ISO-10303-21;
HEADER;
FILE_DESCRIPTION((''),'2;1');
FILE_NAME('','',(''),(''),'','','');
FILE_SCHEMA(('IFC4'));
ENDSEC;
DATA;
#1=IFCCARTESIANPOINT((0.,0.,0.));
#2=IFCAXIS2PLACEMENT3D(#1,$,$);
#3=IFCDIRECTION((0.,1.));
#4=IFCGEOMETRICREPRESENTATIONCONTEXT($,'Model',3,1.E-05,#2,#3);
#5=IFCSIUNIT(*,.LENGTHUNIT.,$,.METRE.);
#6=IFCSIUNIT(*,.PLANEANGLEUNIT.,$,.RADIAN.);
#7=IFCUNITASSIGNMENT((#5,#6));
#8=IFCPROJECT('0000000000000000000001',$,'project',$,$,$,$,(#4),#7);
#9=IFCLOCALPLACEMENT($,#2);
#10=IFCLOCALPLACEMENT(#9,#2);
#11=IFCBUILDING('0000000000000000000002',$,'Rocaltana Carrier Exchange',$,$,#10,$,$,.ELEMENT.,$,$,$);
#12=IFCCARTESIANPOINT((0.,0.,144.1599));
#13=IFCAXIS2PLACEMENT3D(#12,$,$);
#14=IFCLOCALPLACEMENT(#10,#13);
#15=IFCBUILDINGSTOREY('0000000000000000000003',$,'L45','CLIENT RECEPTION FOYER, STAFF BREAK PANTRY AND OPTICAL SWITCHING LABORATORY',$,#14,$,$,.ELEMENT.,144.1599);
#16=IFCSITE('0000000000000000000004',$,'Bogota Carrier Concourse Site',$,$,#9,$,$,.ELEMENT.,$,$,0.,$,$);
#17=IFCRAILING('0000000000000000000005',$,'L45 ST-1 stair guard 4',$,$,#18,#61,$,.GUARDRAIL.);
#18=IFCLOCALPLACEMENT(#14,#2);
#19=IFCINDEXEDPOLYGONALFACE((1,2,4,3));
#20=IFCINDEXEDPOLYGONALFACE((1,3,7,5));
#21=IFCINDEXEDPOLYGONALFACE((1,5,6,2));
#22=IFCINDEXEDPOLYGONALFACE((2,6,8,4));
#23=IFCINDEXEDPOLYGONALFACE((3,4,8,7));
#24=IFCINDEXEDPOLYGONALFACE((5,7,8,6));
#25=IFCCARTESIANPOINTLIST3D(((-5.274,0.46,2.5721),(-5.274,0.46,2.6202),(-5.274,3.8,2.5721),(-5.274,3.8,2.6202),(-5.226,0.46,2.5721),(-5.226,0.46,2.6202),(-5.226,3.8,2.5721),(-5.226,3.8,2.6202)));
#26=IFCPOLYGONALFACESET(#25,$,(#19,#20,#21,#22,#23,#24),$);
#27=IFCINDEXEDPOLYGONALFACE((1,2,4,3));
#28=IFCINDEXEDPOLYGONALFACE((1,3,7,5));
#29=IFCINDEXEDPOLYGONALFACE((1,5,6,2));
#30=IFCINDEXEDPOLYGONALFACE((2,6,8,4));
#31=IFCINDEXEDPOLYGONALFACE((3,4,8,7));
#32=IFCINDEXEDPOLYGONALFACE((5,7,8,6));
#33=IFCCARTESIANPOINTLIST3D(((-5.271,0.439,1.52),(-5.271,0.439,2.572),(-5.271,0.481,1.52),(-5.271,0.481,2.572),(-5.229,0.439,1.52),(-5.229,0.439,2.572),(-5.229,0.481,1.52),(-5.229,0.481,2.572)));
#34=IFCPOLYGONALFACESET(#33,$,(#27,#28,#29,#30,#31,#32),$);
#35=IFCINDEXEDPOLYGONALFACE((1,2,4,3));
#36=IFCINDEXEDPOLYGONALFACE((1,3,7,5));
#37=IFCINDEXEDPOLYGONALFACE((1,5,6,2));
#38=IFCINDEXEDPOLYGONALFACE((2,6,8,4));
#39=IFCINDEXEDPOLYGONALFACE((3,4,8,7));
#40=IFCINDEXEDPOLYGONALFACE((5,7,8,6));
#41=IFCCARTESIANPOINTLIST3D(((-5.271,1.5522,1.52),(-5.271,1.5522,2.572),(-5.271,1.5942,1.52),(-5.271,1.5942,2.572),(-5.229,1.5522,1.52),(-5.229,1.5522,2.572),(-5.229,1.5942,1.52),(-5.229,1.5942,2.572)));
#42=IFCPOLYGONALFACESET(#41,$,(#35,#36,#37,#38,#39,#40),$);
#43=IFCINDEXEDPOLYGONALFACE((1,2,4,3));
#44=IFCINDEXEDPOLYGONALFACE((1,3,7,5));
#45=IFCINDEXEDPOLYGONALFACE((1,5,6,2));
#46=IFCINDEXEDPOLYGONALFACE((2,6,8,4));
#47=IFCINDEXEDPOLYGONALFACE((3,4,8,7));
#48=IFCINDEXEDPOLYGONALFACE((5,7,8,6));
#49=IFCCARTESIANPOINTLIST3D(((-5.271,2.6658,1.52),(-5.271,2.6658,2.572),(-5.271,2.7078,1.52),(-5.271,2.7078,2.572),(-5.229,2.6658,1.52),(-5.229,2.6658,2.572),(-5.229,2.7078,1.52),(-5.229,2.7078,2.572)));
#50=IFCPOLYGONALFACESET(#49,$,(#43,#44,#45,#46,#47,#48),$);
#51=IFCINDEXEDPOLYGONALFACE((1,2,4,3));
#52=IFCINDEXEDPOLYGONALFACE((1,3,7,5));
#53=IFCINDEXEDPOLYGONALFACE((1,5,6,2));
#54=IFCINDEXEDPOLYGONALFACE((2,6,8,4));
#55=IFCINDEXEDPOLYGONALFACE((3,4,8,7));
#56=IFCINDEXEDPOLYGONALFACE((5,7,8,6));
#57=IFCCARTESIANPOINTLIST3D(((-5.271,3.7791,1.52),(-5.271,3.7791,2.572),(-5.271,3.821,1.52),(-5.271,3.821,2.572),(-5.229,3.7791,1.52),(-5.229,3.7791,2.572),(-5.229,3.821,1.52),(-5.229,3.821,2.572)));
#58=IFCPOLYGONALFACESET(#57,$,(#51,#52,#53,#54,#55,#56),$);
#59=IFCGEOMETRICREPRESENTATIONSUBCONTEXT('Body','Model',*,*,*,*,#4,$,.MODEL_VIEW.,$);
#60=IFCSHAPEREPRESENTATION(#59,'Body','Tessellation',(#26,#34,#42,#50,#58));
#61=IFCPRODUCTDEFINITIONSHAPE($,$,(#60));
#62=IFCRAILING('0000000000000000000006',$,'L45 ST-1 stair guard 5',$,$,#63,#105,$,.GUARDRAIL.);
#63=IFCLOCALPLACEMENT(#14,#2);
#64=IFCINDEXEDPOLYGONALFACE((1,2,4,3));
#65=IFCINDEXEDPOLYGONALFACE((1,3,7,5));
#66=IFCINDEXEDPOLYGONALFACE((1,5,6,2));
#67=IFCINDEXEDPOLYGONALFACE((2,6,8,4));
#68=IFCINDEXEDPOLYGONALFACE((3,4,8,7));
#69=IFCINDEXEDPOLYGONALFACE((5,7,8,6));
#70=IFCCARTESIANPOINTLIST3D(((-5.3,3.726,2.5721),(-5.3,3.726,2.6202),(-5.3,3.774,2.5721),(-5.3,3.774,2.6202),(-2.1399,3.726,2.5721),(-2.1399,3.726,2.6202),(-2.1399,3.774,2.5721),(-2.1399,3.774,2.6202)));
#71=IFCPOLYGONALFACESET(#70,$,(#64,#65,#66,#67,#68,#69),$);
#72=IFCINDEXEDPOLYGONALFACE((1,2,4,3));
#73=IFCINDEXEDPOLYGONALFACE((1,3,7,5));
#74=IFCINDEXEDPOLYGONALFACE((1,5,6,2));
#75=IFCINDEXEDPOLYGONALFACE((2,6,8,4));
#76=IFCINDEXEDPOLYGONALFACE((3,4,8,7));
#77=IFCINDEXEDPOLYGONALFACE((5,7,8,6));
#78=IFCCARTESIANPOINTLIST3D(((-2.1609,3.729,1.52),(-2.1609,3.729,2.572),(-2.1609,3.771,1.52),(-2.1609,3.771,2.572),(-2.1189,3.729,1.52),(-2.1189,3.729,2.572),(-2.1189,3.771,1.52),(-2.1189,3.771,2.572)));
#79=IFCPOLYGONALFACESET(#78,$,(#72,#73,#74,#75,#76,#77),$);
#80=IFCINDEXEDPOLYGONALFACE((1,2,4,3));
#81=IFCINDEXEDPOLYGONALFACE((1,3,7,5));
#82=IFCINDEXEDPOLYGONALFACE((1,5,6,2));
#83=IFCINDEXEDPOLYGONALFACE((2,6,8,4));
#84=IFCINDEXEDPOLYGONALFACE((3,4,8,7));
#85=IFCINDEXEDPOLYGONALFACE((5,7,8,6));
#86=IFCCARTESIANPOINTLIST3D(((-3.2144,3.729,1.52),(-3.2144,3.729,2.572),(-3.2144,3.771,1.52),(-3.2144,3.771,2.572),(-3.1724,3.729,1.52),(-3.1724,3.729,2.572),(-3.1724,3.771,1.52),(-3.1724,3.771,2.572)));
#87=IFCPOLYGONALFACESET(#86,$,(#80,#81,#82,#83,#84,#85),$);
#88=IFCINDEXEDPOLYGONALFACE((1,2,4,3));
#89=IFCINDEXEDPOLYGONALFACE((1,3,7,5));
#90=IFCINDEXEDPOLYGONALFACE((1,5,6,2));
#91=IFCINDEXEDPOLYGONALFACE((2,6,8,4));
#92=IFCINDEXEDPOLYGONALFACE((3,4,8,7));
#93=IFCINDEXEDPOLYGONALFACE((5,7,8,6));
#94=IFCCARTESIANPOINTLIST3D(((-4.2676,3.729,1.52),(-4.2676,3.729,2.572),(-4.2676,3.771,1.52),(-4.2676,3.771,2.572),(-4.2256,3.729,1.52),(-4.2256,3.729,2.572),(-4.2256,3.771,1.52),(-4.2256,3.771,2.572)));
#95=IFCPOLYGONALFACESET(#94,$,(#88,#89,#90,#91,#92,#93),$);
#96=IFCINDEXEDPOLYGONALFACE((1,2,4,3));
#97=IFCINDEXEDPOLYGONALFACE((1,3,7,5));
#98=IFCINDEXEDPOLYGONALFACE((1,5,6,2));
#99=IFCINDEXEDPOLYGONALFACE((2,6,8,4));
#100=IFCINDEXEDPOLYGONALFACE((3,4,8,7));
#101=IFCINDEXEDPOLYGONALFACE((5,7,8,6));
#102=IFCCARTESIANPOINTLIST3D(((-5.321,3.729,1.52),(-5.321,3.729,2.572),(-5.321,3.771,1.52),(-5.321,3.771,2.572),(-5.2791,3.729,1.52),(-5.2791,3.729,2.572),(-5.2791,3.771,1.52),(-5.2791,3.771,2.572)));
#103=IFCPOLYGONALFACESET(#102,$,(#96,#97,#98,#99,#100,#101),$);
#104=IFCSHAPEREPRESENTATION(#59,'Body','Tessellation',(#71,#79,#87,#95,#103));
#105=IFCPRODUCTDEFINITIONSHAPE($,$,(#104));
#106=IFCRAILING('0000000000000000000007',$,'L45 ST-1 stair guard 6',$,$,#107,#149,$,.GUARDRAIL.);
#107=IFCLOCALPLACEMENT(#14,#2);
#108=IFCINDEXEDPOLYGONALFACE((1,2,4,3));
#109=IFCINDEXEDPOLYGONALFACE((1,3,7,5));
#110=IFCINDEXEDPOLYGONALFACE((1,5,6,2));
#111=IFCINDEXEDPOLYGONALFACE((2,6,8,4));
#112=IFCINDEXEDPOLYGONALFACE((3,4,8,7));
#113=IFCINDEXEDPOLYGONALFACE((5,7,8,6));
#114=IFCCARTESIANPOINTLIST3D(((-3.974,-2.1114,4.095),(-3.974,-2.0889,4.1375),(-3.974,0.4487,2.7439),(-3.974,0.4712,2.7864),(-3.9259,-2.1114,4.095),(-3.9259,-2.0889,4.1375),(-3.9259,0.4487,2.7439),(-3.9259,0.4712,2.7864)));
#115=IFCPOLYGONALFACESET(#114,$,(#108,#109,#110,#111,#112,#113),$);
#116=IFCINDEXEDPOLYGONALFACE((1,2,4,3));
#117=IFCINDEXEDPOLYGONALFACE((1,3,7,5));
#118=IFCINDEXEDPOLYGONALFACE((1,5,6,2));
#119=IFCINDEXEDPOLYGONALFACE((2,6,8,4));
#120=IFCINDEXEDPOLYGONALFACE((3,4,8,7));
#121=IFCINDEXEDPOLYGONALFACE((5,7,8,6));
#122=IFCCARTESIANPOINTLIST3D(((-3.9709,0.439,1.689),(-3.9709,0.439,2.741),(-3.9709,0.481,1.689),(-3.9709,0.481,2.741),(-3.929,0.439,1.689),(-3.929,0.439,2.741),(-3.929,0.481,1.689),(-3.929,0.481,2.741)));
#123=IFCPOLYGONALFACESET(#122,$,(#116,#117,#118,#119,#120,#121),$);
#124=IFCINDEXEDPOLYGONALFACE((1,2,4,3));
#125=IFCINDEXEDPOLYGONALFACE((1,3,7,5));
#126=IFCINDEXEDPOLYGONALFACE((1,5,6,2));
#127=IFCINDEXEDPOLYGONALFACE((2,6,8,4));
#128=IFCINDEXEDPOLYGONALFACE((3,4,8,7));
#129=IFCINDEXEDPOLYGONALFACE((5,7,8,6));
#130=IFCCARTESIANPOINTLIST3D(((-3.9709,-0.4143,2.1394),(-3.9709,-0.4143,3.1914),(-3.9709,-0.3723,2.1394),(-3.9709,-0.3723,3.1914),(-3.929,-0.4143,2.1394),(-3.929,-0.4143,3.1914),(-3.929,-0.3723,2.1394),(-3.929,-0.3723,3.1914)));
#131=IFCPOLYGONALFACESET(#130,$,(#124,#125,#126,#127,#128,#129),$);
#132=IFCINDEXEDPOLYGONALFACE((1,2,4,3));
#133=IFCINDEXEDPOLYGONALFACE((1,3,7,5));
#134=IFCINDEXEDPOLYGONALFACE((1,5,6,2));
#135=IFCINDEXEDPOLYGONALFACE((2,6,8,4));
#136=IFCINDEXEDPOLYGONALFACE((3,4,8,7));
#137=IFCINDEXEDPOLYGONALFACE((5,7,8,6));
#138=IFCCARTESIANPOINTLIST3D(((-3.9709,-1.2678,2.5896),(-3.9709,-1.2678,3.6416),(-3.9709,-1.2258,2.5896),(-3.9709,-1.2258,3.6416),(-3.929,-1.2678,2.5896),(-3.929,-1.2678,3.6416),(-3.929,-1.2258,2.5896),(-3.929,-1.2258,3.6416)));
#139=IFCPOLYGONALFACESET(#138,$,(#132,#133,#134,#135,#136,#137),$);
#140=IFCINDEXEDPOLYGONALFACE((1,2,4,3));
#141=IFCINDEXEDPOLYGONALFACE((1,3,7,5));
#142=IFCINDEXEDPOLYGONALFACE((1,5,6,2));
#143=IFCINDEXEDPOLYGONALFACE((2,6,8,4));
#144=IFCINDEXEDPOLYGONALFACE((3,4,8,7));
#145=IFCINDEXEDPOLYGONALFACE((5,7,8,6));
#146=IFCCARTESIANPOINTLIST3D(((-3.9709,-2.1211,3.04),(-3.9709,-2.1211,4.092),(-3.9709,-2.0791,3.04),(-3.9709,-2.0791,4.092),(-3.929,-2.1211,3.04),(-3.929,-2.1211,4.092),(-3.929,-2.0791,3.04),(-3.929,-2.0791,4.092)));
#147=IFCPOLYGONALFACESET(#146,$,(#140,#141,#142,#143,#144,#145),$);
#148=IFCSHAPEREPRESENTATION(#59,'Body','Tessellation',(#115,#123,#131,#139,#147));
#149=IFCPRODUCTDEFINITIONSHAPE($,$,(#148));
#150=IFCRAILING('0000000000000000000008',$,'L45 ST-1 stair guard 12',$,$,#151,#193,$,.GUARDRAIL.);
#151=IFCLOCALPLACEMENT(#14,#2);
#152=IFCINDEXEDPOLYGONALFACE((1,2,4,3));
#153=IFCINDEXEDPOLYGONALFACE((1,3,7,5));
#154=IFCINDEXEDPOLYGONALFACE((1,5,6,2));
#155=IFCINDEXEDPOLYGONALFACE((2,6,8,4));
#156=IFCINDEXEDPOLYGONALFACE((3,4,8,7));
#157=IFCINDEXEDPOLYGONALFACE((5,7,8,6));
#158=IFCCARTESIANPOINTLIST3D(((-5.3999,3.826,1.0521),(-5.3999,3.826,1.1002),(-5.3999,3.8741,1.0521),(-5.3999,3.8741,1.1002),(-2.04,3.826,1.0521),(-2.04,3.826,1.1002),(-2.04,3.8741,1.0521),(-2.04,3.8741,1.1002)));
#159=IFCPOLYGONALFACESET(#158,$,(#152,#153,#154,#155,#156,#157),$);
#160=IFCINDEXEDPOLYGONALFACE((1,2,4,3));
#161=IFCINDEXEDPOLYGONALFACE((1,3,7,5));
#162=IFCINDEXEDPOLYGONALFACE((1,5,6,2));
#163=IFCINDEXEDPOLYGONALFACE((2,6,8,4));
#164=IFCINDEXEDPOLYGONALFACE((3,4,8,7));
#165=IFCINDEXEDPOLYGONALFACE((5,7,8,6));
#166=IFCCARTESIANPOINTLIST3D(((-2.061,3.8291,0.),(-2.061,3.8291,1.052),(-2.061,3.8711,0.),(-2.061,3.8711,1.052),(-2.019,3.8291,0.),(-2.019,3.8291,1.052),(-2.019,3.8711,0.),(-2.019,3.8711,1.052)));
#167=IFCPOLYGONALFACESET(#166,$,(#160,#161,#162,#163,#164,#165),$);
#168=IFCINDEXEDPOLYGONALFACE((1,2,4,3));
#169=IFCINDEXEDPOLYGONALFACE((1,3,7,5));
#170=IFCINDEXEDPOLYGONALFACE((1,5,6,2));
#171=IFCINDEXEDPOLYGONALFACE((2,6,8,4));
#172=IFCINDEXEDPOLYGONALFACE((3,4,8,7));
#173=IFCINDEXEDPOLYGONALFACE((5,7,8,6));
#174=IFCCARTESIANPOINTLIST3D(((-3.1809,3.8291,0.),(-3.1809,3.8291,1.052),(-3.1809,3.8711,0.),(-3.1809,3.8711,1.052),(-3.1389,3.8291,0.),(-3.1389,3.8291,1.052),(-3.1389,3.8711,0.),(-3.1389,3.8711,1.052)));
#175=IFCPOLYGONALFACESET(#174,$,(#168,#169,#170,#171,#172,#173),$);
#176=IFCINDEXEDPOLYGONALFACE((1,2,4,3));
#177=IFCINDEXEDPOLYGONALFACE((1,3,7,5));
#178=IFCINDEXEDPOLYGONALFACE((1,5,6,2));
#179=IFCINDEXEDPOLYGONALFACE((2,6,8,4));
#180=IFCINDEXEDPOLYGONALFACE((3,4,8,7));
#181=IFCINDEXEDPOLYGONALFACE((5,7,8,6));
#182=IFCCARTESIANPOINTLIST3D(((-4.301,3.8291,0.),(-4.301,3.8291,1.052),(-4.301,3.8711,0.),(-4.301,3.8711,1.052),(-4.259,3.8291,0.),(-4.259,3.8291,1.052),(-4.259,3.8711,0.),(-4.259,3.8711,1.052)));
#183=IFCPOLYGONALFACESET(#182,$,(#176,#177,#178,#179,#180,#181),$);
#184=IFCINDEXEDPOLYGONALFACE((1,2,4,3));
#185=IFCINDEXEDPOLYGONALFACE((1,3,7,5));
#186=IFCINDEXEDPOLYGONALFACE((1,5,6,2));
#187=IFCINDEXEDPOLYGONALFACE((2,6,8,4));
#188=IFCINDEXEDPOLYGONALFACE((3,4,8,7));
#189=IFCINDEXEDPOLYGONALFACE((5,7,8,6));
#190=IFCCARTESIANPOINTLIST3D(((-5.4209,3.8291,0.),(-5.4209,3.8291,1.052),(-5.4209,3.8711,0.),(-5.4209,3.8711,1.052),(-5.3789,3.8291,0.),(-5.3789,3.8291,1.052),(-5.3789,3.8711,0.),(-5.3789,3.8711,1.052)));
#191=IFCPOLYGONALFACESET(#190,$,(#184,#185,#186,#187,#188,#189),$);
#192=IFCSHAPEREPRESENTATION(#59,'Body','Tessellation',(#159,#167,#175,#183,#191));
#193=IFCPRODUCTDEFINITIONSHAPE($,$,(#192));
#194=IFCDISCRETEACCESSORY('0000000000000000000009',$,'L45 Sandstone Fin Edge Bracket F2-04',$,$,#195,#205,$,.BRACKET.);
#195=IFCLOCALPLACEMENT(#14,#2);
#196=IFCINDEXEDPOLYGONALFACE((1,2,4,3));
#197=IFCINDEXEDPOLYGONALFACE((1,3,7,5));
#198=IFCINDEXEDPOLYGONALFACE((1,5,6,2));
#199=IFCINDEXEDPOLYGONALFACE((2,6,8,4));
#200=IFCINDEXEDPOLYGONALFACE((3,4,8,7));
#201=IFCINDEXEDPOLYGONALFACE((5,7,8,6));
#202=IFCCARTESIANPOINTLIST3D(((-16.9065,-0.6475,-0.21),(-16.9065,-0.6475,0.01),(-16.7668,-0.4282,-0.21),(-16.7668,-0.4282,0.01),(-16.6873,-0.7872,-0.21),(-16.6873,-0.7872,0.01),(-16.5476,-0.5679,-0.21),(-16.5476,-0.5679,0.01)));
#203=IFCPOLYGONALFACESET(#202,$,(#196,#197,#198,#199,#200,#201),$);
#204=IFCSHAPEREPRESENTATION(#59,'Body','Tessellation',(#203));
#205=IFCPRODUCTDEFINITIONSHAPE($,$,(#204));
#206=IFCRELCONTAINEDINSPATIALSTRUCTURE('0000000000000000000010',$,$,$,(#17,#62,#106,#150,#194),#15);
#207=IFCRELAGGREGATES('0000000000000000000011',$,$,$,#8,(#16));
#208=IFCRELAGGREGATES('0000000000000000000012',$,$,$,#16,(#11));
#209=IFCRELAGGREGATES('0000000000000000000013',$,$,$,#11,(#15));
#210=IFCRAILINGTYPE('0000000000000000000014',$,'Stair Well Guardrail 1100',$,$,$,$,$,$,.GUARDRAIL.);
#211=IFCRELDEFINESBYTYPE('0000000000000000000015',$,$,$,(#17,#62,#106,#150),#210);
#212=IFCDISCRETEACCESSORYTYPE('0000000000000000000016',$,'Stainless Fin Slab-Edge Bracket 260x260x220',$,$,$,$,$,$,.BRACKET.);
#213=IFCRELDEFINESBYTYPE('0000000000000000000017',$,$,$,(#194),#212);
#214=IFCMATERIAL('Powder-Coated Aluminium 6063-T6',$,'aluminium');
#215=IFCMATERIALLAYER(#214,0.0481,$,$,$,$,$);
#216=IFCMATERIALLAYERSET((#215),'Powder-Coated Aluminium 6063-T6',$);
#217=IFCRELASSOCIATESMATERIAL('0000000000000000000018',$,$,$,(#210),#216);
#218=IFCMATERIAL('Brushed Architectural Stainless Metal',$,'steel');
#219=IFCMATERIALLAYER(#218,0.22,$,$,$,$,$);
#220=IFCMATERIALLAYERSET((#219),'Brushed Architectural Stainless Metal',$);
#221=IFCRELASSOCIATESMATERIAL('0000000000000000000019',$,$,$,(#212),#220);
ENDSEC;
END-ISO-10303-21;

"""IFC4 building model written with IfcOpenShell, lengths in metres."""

from ifc_helpers import new_model, si_unit, direction, frame, origin, origin_2d, place, context, subcontext, project, spatial, rectangle, extrude, material, layer, layer_set, type_object, element, save


model = new_model("IFC4")

# Units and contexts
model_context = context("Model", 3, precision=1e-05, world=origin(), true_north=direction((0.0, 1.0)))
body_context = subcontext(model_context, "Body", "Model", "MODEL_VIEW")
ifc_project = project(units=[si_unit("LENGTHUNIT", "METRE"), si_unit("PLANEANGLEUNIT", "RADIAN")], contexts=[model_context])

# Site, building, storey
site_placement = place(None, origin())
site = spatial("IfcSite", under=ifc_project, at=site_placement, Name="Bogota Carrier Concourse Site", CompositionType="ELEMENT", RefElevation=0.0)
building_placement = place(site_placement, origin())
building = spatial("IfcBuilding", under=site, at=building_placement, Name="Rocaltana Carrier Exchange", CompositionType="ELEMENT")
storey_placement = place(building_placement, frame((0.0, 0.0, 144.1599)))
storey = spatial("IfcBuildingStorey", under=building, at=storey_placement, Name="L45", Description="CLIENT RECEPTION FOYER, STAFF BREAK PANTRY AND OPTICAL SWITCHING LABORATORY", CompositionType="ELEMENT", Elevation=144.1599)

# Railings
ifc_material_1 = material(Name="Powder-Coated Aluminium 6063-T6", Category="aluminium")
ifc_layer_1 = layer(ifc_material_1, 0.0481)
ifc_layer_set_1 = layer_set([ifc_layer_1], Name="Powder-Coated Aluminium 6063-T6")
railing_type_1 = type_object("IfcRailingType", Name="Stair Well Guardrail 1100", PredefinedType="GUARDRAIL", material=ifc_layer_set_1)
for number, where, name in (
    (1, (-5.25, 0.46, 1.52), "L45 ST-1 stair guard 4"),
):
    element("IfcRailing", number, at=place(storey_placement, frame(where)), inside=storey, type_object=railing_type_1, Name=name, PredefinedType="GUARDRAIL", context=body_context, shape_type="SweptSolid", body=[
        extrude(rectangle(XDim=0.0481, YDim=0.0481, at=origin_2d()), frame((0.0, 0.0, 1.0762), z_axis=(0.0, 1.0, 0.0), x_axis=(-1.0, 0.0, 0.0)), (0.0, 0.0, 1.0), 3.3401),
        extrude(rectangle(XDim=0.042, YDim=0.042, at=origin_2d()), origin(), (0.0, 0.0, 1.0), 1.052),
        extrude(rectangle(XDim=0.042, YDim=0.042, at=origin_2d()), frame((0.0, 1.1133, 0.0)), (0.0, 0.0, 1.0), 1.052),
        extrude(rectangle(XDim=0.042, YDim=0.042, at=origin_2d()), frame((0.0, 2.2268, 0.0)), (0.0, 0.0, 1.0), 1.052),
        extrude(rectangle(XDim=0.042, YDim=0.042, at=origin_2d()), frame((0.0, 3.3401, 0.0)), (0.0, 0.0, 1.0), 1.052),
    ])
railing_1_placement = place(storey_placement, frame((-2.1399, 3.75, 1.52)))
element("IfcRailing", 2, at=railing_1_placement, inside=storey, type_object=railing_type_1, Name="L45 ST-1 stair guard 5", PredefinedType="GUARDRAIL", context=body_context, shape_type="SweptSolid", body=[
    extrude(rectangle(XDim=0.0481, YDim=0.0481, at=origin_2d()), frame((0.0, 0.0, 1.0762), z_axis=(-1.0, 0.0, 0.0), x_axis=(0.0, -1.0, 0.0)), (0.0, 0.0, 1.0), 3.1602),
    extrude(rectangle(XDim=0.042, YDim=0.042, at=origin_2d()), origin(), (0.0, 0.0, 1.0), 1.052),
    extrude(rectangle(XDim=0.042, YDim=0.042, at=origin_2d()), frame((-1.0535, 0.0, 0.0)), (0.0, 0.0, 1.0), 1.052),
    extrude(rectangle(XDim=0.042, YDim=0.042, at=origin_2d()), frame((-2.1067, 0.0, 0.0)), (0.0, 0.0, 1.0), 1.052),
    extrude(rectangle(XDim=0.042, YDim=0.042, at=origin_2d()), frame((-3.1602, 0.0, 0.0)), (0.0, 0.0, 1.0), 1.052),
])
railing_2_placement = place(storey_placement, frame((-3.95, 0.46, 1.689)))
element("IfcRailing", 3, at=railing_2_placement, inside=storey, type_object=railing_type_1, Name="L45 ST-1 stair guard 6", PredefinedType="GUARDRAIL", context=body_context, shape_type="SweptSolid", body=[
    extrude(rectangle(XDim=0.0481, YDim=0.0481, at=origin_2d()), frame((0.0, 0.0, 1.0762), z_axis=(0.0, -0.884394, 0.46674), x_axis=(1.0, 0.0, 0.0)), (0.0, 0.0, 1.0), 2.8948),
    extrude(rectangle(XDim=0.042, YDim=0.042, at=origin_2d()), origin(), (0.0, 0.0, 1.0), 1.052),
    extrude(rectangle(XDim=0.042, YDim=0.042, at=origin_2d()), frame((0.0, -0.8533, 0.4504)), (0.0, 0.0, 1.0), 1.052),
    extrude(rectangle(XDim=0.042, YDim=0.042, at=origin_2d()), frame((0.0, -1.7068, 0.9006)), (0.0, 0.0, 1.0), 1.052),
    extrude(rectangle(XDim=0.042, YDim=0.042, at=origin_2d()), frame((0.0, -2.5601, 1.3511)), (0.0, 0.0, 1.0), 1.052),
])
railing_3_placement = place(storey_placement, frame((-2.04, 3.8501, 0.0)))
element("IfcRailing", 4, at=railing_3_placement, inside=storey, type_object=railing_type_1, Name="L45 ST-1 stair guard 12", PredefinedType="GUARDRAIL", context=body_context, shape_type="SweptSolid", body=[
    extrude(rectangle(XDim=0.0481, YDim=0.0481, at=origin_2d()), frame((0.0, 0.0, 1.0762), z_axis=(-1.0, 0.0, 0.0), x_axis=(0.0, -1.0, 0.0)), (0.0, 0.0, 1.0), 3.3599),
    extrude(rectangle(XDim=0.042, YDim=0.042, at=origin_2d()), origin(), (0.0, 0.0, 1.0), 1.052),
    extrude(rectangle(XDim=0.042, YDim=0.042, at=origin_2d()), frame((-1.1199, 0.0, 0.0)), (0.0, 0.0, 1.0), 1.052),
    extrude(rectangle(XDim=0.042, YDim=0.042, at=origin_2d()), frame((-2.24, 0.0, 0.0)), (0.0, 0.0, 1.0), 1.052),
    extrude(rectangle(XDim=0.042, YDim=0.042, at=origin_2d()), frame((-3.3599, 0.0, 0.0)), (0.0, 0.0, 1.0), 1.052),
])

# Discrete accessory
ifc_material_2 = material(Name="Brushed Architectural Stainless Metal", Category="steel")
ifc_layer_2 = layer(ifc_material_2, 0.22)
ifc_layer_set_2 = layer_set([ifc_layer_2], Name="Brushed Architectural Stainless Metal")
discrete_accessory_type = type_object("IfcDiscreteAccessoryType", Name="Stainless Fin Slab-Edge Bracket 260x260x220", PredefinedType="BRACKET", material=ifc_layer_set_2)
discrete_accessory_placement = place(storey_placement, frame((-16.7271, -0.6077, -0.21), z_axis=(0.0, 0.0, 1.0), x_axis=(-0.5373, -0.843391, 0.0)))
element("IfcDiscreteAccessory", 5, at=discrete_accessory_placement, inside=storey, type_object=discrete_accessory_type, Name="L45 Sandstone Fin Edge Bracket F2-04", PredefinedType="BRACKET", context=body_context, shape_type="SweptSolid", body=[
    extrude(rectangle(XDim=0.26, YDim=0.26, at=origin_2d()), origin(), (0.0, 0.0, 1.0), 0.22),
])

save(model, "model.ifc")
